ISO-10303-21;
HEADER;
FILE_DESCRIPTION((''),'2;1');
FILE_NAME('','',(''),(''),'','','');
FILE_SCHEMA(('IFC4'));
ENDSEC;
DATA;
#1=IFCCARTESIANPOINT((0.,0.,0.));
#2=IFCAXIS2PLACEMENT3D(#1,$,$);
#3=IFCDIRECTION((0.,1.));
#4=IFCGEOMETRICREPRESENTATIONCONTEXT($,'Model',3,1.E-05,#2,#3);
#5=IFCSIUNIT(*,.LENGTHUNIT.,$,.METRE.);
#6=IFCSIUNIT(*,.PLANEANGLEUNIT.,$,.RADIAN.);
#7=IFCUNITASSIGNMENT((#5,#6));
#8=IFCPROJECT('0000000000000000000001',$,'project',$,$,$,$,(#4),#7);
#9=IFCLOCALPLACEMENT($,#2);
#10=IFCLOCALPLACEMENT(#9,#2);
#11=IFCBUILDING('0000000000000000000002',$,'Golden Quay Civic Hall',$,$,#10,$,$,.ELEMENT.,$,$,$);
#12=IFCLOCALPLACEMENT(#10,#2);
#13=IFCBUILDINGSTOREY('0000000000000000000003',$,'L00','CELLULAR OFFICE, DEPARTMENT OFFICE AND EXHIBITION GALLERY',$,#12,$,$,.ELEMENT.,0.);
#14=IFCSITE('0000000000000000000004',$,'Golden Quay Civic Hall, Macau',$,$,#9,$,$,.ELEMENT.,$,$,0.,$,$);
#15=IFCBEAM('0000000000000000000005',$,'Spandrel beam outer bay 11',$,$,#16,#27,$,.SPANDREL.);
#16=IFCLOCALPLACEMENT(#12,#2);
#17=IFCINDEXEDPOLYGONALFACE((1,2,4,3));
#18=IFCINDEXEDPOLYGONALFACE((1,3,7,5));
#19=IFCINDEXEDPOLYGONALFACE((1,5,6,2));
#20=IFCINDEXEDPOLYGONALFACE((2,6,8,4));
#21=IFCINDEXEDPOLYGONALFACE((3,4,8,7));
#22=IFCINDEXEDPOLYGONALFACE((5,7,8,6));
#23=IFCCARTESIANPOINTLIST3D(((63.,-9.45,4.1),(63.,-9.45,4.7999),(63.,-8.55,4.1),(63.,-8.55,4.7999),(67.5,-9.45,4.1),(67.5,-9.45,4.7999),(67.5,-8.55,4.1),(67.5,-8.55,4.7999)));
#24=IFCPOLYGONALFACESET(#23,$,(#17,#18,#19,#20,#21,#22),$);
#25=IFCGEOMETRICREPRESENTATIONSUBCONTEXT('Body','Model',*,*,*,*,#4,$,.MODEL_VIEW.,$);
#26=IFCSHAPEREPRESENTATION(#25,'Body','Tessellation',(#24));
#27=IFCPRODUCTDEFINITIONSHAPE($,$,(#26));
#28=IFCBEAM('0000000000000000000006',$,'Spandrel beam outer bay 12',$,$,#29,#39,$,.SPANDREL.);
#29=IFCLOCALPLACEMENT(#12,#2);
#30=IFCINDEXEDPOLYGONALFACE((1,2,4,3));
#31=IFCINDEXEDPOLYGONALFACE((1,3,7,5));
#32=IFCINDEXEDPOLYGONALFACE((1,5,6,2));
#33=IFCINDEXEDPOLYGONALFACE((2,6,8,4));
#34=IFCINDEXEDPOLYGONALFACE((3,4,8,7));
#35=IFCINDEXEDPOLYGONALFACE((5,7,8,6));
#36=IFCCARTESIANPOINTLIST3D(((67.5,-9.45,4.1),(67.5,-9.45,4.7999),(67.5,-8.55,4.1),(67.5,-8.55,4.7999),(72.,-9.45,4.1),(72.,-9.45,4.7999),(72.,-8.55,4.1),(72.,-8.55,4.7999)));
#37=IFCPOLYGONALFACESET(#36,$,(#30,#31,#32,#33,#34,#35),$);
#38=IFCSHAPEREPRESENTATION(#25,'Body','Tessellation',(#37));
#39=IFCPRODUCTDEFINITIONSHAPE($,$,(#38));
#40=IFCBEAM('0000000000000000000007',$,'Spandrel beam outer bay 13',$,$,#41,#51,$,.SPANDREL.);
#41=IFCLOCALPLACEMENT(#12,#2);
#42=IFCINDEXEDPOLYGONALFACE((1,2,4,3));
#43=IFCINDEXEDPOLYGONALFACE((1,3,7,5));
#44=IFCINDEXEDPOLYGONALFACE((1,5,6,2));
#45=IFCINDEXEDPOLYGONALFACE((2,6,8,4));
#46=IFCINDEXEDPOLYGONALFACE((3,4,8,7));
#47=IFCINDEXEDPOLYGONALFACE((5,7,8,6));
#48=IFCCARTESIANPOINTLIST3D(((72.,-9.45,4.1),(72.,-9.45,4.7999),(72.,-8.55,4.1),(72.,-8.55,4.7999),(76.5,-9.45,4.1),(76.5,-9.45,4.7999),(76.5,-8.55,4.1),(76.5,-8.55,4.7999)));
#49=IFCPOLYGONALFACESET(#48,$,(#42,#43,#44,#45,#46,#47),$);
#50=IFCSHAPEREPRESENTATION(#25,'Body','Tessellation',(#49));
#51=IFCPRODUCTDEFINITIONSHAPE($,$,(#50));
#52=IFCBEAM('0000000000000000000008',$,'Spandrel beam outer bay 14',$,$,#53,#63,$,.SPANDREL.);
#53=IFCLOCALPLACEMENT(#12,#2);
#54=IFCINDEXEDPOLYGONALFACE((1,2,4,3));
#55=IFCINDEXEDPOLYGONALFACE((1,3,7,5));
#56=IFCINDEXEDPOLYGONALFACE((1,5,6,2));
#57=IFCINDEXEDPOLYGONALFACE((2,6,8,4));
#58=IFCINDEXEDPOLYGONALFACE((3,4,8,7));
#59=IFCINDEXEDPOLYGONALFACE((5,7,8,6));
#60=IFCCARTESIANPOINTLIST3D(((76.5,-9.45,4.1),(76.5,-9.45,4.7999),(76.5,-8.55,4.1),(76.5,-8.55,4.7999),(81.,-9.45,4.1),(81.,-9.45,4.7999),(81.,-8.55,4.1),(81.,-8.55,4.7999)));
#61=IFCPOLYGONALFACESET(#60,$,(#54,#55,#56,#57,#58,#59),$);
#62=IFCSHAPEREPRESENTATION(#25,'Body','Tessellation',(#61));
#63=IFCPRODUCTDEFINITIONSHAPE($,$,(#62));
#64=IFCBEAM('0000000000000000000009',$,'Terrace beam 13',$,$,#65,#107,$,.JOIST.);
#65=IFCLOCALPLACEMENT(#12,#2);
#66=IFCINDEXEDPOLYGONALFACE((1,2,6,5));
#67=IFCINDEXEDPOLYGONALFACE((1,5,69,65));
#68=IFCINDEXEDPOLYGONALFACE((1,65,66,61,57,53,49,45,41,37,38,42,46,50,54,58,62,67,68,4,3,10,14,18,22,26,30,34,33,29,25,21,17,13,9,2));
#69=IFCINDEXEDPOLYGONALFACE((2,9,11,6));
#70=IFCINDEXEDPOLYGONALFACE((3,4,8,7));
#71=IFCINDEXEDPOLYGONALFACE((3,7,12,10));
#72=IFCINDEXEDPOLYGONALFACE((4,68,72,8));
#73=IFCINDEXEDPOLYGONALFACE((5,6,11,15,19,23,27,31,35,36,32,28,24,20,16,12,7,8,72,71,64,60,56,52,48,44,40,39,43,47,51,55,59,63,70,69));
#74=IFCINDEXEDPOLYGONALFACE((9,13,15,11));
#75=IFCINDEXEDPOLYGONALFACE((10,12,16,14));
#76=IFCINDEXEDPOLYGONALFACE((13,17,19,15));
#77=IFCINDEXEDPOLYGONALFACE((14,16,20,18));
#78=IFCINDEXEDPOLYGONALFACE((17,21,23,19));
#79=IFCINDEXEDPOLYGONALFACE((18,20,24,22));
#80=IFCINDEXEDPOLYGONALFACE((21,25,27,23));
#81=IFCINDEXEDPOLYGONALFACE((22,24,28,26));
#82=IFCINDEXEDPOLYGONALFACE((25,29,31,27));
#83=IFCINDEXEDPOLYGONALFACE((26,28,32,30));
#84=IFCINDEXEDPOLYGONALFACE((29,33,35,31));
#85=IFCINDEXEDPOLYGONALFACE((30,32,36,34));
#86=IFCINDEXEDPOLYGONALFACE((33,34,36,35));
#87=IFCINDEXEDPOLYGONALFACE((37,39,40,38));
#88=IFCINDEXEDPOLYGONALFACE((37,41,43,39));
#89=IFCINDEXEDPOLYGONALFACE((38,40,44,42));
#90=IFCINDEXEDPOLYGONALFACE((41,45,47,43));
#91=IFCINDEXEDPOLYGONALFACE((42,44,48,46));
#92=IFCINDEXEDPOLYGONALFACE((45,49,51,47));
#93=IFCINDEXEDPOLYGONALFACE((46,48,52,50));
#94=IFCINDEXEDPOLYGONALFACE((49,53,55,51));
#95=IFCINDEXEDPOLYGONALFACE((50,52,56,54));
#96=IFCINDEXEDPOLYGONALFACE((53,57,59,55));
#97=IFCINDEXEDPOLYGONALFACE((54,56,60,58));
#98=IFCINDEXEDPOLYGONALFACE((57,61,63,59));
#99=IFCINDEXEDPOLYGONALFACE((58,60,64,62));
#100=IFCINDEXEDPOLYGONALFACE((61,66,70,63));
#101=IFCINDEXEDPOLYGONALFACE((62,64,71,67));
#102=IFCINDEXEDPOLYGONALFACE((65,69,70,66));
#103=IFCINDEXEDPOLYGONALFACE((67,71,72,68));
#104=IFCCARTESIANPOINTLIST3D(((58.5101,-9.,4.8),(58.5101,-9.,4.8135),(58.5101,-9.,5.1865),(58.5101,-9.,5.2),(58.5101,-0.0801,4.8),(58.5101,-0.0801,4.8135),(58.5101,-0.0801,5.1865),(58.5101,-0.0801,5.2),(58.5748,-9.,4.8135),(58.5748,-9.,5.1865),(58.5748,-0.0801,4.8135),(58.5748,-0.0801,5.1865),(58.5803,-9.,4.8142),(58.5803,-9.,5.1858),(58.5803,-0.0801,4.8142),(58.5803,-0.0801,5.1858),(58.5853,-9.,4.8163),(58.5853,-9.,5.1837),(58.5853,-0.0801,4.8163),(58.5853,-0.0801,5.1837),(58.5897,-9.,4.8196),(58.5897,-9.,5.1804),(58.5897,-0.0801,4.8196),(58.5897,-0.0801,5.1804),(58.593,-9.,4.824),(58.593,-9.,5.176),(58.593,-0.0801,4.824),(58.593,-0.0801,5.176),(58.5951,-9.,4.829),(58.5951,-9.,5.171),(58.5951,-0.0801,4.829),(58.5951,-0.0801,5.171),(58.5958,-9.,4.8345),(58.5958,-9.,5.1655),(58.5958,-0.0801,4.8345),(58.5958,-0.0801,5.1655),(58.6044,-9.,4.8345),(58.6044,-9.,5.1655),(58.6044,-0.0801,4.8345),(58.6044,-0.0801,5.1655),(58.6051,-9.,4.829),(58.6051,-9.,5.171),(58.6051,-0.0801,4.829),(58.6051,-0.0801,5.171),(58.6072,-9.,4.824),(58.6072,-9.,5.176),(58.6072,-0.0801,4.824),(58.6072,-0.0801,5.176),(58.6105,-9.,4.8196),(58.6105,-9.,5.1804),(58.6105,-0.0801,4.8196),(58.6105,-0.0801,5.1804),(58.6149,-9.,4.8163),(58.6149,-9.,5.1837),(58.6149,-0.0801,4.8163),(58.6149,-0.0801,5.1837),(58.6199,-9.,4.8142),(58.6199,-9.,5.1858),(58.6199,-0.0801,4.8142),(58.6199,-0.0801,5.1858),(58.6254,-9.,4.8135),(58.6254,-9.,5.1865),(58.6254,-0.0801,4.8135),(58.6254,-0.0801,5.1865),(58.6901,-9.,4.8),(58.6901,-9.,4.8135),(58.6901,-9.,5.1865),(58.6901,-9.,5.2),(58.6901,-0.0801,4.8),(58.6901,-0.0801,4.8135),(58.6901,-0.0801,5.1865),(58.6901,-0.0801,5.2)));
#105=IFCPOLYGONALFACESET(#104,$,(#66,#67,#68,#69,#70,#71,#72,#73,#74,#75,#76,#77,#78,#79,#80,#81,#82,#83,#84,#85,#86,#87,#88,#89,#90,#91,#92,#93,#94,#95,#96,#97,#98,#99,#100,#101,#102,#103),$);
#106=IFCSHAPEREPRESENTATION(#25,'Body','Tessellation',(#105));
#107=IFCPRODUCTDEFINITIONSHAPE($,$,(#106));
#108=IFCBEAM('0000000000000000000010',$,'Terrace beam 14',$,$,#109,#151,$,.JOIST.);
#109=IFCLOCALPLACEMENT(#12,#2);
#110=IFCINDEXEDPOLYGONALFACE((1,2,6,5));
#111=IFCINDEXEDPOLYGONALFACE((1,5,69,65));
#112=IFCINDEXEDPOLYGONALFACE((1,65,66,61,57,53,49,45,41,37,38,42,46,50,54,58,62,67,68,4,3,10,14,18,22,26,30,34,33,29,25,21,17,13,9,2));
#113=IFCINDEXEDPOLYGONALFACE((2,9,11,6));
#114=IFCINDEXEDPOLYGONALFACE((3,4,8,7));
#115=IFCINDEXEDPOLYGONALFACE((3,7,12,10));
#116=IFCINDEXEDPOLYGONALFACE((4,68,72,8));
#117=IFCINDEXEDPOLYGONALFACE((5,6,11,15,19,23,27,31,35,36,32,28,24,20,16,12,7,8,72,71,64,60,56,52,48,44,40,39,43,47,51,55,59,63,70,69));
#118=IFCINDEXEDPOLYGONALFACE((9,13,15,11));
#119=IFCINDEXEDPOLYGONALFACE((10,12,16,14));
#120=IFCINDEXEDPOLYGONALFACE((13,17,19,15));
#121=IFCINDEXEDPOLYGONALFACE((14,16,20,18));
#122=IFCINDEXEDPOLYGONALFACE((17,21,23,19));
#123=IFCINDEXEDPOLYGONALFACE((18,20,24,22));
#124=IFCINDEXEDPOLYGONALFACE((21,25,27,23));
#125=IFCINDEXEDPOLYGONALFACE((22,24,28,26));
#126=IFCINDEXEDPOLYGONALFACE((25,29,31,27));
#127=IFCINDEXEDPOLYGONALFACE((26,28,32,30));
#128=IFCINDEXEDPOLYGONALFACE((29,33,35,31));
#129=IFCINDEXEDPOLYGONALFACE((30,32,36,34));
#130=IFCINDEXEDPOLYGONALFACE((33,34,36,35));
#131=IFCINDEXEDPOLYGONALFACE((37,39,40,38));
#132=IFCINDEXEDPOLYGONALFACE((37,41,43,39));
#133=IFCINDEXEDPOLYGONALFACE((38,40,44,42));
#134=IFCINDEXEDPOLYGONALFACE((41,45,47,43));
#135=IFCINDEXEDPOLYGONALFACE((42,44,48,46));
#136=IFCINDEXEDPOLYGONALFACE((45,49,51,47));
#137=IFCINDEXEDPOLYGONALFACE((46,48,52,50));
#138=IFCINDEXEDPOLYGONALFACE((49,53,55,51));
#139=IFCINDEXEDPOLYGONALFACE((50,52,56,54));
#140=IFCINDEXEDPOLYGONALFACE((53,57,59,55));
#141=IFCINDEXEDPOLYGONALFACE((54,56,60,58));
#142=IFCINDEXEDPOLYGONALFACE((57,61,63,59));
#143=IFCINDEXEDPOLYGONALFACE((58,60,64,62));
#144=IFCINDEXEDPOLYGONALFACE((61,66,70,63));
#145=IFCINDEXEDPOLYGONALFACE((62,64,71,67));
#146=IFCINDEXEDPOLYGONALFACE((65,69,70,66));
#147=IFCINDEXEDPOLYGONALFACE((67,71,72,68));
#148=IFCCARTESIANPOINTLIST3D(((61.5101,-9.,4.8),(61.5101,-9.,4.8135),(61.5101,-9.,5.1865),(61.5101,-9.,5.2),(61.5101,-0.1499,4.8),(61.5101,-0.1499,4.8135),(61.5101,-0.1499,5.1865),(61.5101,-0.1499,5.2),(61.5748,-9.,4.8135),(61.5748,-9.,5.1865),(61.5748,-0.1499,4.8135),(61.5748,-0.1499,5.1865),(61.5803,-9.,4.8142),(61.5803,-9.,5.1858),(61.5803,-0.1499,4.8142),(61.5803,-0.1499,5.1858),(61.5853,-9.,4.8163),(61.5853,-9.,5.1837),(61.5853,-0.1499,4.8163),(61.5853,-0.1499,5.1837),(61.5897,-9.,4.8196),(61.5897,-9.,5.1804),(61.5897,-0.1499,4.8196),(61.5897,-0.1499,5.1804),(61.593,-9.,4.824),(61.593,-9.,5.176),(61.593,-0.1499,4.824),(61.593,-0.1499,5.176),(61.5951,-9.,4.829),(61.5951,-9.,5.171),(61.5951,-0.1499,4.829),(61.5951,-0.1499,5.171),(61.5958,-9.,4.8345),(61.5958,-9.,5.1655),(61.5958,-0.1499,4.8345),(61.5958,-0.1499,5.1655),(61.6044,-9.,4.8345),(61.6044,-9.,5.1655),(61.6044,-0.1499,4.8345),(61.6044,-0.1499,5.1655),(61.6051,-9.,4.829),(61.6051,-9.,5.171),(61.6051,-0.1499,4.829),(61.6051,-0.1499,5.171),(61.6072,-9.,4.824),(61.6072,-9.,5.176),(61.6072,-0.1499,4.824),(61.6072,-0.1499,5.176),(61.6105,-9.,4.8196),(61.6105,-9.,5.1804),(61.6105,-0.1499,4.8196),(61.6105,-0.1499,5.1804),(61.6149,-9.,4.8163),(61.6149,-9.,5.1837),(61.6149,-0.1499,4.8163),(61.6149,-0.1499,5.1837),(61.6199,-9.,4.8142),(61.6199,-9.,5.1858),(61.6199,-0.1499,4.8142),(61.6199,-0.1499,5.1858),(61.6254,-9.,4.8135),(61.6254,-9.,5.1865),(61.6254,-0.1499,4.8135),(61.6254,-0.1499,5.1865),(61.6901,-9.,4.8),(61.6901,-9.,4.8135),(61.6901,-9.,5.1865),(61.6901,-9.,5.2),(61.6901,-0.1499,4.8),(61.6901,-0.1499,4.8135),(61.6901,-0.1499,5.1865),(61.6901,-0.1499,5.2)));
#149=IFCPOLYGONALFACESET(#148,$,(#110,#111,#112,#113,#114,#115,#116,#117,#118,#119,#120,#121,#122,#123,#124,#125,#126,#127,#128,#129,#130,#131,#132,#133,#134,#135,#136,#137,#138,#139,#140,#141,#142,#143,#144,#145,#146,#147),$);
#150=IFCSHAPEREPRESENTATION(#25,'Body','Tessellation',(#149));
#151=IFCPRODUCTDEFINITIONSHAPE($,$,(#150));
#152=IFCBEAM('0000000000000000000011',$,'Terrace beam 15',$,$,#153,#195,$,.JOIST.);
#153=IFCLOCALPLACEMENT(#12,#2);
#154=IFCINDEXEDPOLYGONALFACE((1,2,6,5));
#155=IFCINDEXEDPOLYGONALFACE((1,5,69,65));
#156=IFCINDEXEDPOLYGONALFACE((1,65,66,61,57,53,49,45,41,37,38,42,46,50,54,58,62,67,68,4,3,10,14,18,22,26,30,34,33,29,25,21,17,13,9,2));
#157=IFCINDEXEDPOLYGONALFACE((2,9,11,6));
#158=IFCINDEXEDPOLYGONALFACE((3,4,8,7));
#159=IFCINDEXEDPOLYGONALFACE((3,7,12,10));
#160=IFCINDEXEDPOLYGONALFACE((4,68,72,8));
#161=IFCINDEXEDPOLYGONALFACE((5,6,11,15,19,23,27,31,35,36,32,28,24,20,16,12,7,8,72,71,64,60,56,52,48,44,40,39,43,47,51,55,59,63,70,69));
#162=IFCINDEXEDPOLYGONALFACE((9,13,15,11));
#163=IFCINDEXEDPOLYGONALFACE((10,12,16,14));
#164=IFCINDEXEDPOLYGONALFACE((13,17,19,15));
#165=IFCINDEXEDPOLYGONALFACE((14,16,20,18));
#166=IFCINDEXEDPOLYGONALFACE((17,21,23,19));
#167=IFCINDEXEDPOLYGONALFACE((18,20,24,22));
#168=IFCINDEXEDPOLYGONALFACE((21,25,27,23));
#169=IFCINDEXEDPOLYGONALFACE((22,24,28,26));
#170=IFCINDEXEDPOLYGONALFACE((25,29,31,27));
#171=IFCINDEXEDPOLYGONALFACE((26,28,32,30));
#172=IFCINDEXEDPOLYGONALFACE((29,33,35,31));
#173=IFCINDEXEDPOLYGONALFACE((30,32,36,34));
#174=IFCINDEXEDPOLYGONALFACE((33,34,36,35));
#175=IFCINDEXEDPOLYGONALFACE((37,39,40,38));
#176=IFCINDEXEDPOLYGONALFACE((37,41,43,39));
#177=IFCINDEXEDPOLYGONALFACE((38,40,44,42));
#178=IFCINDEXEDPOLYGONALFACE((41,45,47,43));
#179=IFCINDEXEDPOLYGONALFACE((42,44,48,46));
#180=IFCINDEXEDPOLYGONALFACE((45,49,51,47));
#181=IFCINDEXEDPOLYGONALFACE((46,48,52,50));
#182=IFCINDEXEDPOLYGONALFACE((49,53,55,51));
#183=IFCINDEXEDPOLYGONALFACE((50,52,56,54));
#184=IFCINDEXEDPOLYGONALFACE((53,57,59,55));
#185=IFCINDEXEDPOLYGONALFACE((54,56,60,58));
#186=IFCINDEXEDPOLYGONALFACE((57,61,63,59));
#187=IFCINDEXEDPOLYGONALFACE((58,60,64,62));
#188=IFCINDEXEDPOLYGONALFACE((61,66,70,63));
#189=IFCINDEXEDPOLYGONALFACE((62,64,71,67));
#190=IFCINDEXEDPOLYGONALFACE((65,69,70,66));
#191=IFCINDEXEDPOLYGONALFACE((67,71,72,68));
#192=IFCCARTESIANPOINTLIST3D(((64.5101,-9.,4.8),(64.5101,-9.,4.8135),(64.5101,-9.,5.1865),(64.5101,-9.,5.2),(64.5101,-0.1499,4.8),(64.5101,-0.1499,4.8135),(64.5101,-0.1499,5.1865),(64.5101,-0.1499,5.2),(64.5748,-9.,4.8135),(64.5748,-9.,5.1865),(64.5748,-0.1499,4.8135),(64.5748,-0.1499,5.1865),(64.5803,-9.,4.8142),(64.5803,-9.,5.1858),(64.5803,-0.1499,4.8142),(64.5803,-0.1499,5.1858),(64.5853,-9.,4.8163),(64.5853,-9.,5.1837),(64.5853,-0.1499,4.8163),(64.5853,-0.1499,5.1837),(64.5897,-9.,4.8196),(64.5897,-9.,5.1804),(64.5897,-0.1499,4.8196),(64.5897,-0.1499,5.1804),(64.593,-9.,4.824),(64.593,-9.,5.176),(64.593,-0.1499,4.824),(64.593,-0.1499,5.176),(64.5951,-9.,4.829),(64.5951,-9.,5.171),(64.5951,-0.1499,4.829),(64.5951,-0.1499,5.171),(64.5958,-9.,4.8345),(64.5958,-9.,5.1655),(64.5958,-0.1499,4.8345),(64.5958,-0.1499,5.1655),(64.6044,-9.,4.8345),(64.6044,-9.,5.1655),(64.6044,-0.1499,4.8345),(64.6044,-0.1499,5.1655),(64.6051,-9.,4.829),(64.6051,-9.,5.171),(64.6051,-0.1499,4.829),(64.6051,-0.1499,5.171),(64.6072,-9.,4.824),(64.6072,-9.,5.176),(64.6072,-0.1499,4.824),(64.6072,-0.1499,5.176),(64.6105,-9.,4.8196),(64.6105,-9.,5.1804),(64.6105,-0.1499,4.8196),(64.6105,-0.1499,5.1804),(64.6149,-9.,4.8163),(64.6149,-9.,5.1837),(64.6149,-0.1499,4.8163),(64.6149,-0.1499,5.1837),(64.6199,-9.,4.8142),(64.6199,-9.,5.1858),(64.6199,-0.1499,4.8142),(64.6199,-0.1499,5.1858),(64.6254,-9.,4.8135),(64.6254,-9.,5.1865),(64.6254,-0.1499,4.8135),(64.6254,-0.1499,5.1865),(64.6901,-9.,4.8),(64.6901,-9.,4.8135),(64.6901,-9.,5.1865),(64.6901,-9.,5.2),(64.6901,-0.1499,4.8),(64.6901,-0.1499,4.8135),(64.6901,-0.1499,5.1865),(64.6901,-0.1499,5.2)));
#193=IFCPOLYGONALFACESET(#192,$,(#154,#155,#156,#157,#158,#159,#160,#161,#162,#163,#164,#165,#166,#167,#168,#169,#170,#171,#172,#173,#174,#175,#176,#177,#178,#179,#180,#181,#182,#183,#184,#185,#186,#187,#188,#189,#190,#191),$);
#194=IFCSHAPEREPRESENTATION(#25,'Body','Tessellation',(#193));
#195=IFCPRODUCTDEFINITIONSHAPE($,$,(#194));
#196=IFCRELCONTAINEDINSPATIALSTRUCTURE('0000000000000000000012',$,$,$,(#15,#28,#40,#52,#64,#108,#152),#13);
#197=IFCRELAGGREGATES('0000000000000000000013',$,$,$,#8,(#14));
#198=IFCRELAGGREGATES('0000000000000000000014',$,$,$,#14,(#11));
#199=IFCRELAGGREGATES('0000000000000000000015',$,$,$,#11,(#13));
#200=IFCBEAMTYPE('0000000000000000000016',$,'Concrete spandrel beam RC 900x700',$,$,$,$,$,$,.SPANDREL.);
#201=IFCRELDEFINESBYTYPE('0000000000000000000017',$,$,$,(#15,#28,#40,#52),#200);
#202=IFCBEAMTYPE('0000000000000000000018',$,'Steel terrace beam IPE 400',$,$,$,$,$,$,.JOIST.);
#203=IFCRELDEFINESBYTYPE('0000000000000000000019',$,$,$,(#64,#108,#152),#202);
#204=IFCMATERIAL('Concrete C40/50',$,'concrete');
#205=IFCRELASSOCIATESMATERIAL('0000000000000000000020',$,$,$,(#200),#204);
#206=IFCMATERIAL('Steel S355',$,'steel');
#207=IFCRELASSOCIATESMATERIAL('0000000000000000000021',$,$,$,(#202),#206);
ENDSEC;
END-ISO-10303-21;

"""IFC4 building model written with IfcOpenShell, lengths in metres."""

from ifc_helpers import new_model, si_unit, direction, frame, origin, origin_2d, place, context, subcontext, project, spatial, rectangle, i_section, extrude, material, material_profile, profile_set, type_object, element, save


model = new_model("IFC4")

# Units and contexts
model_context = context("Model", 3, precision=1e-05, world=origin(), true_north=direction((0.0, 1.0)))
body_context = subcontext(model_context, "Body", "Model", "MODEL_VIEW")
ifc_project = project(units=[si_unit("LENGTHUNIT", "METRE"), si_unit("PLANEANGLEUNIT", "RADIAN")], contexts=[model_context])

# Site, building, storey
site_placement = place(None, origin())
site = spatial("IfcSite", under=ifc_project, at=site_placement, Name="Golden Quay Civic Hall, Macau", CompositionType="ELEMENT", RefElevation=0.0)
building_placement = place(site_placement, origin())
building = spatial("IfcBuilding", under=site, at=building_placement, Name="Golden Quay Civic Hall", CompositionType="ELEMENT")
storey_placement = place(building_placement, origin())
storey = spatial("IfcBuildingStorey", under=building, at=storey_placement, Name="L00", Description="CELLULAR OFFICE, DEPARTMENT OFFICE AND EXHIBITION GALLERY", CompositionType="ELEMENT", Elevation=0.0)

# Beams
ifc_material_1 = material(Name="Concrete C40/50", Category="concrete")
ifc_material_profile_1 = material_profile(ifc_material_1, rectangle(XDim=0.8999, YDim=0.7, at=origin_2d()), Name="RC 900x700")
ifc_profile_set_1 = profile_set([ifc_material_profile_1], Name="Concrete C40/50")
beam_type_1 = type_object("IfcBeamType", Name="Concrete spandrel beam RC 900x700", PredefinedType="SPANDREL", material=ifc_profile_set_1)
for number, where, z_axis, x_axis, name in (
    (1, (63.0, -9.0, 4.45), (1.0, 0.0, 0.0), (0.0, 1.0, 0.0), "Spandrel beam outer bay 11"),
    (2, (67.5, -9.0, 4.45), (1.0, 0.0, 0.0), (0.0, 1.0, 0.0), "Spandrel beam outer bay 12"),
    (3, (72.0, -9.0, 4.45), (1.0, 0.0, 0.0), (0.0, 1.0, 0.0), "Spandrel beam outer bay 13"),
    (4, (76.5, -9.0, 4.45), (1.0, 0.0, 0.0), (0.0, 1.0, 0.0), "Spandrel beam outer bay 14"),
):
    element("IfcBeam", number, at=place(storey_placement, frame(where, z_axis=z_axis, x_axis=x_axis)), inside=storey, type_object=beam_type_1, Name=name, PredefinedType="SPANDREL", context=body_context, shape_type="SweptSolid", body=[
        extrude(rectangle(XDim=0.8999, YDim=0.7, at=origin_2d()), origin(), (0.0, 0.0, 1.0), 4.5),
    ])
ifc_material_2 = material(Name="Steel S355", Category="steel")
ifc_material_profile_2 = material_profile(ifc_material_2, i_section(OverallWidth=0.1799, OverallDepth=0.3999, WebThickness=0.0085, FlangeThickness=0.0134, FilletRadius=0.021, at=origin_2d()), Name="IPE 400")
ifc_profile_set_2 = profile_set([ifc_material_profile_2], Name="Steel S355")
beam_type_2 = type_object("IfcBeamType", Name="Steel terrace beam IPE 400", PredefinedType="JOIST", material=ifc_profile_set_2)
beam_placement = place(storey_placement, frame((58.6001, -9.0, 5.0), z_axis=(0.0, 1.0, 0.0), x_axis=(-1.0, 0.0, 0.0)))
element("IfcBeam", 5, at=beam_placement, inside=storey, type_object=beam_type_2, Name="Terrace beam 13", PredefinedType="JOIST", context=body_context, shape_type="SweptSolid", body=[
    extrude(i_section(OverallWidth=0.1799, OverallDepth=0.3999, WebThickness=0.0085, FlangeThickness=0.0134, FilletRadius=0.021, at=origin_2d()), origin(), (0.0, 0.0, 1.0), 8.9199),
])
for number, where, z_axis, x_axis, name in (
    (6, (61.6001, -9.0, 5.0), (0.0, 1.0, 0.0), (-1.0, 0.0, 0.0), "Terrace beam 14"),
    (7, (64.6001, -9.0, 5.0), (0.0, 1.0, 0.0), (-1.0, 0.0, 0.0), "Terrace beam 15"),
):
    element("IfcBeam", number, at=place(storey_placement, frame(where, z_axis=z_axis, x_axis=x_axis)), inside=storey, type_object=beam_type_2, Name=name, PredefinedType="JOIST", context=body_context, shape_type="SweptSolid", body=[
        extrude(i_section(OverallWidth=0.1799, OverallDepth=0.3999, WebThickness=0.0085, FlangeThickness=0.0134, FilletRadius=0.021, at=origin_2d()), origin(), (0.0, 0.0, 1.0), 8.8501),
    ])

save(model, "model.ifc")
